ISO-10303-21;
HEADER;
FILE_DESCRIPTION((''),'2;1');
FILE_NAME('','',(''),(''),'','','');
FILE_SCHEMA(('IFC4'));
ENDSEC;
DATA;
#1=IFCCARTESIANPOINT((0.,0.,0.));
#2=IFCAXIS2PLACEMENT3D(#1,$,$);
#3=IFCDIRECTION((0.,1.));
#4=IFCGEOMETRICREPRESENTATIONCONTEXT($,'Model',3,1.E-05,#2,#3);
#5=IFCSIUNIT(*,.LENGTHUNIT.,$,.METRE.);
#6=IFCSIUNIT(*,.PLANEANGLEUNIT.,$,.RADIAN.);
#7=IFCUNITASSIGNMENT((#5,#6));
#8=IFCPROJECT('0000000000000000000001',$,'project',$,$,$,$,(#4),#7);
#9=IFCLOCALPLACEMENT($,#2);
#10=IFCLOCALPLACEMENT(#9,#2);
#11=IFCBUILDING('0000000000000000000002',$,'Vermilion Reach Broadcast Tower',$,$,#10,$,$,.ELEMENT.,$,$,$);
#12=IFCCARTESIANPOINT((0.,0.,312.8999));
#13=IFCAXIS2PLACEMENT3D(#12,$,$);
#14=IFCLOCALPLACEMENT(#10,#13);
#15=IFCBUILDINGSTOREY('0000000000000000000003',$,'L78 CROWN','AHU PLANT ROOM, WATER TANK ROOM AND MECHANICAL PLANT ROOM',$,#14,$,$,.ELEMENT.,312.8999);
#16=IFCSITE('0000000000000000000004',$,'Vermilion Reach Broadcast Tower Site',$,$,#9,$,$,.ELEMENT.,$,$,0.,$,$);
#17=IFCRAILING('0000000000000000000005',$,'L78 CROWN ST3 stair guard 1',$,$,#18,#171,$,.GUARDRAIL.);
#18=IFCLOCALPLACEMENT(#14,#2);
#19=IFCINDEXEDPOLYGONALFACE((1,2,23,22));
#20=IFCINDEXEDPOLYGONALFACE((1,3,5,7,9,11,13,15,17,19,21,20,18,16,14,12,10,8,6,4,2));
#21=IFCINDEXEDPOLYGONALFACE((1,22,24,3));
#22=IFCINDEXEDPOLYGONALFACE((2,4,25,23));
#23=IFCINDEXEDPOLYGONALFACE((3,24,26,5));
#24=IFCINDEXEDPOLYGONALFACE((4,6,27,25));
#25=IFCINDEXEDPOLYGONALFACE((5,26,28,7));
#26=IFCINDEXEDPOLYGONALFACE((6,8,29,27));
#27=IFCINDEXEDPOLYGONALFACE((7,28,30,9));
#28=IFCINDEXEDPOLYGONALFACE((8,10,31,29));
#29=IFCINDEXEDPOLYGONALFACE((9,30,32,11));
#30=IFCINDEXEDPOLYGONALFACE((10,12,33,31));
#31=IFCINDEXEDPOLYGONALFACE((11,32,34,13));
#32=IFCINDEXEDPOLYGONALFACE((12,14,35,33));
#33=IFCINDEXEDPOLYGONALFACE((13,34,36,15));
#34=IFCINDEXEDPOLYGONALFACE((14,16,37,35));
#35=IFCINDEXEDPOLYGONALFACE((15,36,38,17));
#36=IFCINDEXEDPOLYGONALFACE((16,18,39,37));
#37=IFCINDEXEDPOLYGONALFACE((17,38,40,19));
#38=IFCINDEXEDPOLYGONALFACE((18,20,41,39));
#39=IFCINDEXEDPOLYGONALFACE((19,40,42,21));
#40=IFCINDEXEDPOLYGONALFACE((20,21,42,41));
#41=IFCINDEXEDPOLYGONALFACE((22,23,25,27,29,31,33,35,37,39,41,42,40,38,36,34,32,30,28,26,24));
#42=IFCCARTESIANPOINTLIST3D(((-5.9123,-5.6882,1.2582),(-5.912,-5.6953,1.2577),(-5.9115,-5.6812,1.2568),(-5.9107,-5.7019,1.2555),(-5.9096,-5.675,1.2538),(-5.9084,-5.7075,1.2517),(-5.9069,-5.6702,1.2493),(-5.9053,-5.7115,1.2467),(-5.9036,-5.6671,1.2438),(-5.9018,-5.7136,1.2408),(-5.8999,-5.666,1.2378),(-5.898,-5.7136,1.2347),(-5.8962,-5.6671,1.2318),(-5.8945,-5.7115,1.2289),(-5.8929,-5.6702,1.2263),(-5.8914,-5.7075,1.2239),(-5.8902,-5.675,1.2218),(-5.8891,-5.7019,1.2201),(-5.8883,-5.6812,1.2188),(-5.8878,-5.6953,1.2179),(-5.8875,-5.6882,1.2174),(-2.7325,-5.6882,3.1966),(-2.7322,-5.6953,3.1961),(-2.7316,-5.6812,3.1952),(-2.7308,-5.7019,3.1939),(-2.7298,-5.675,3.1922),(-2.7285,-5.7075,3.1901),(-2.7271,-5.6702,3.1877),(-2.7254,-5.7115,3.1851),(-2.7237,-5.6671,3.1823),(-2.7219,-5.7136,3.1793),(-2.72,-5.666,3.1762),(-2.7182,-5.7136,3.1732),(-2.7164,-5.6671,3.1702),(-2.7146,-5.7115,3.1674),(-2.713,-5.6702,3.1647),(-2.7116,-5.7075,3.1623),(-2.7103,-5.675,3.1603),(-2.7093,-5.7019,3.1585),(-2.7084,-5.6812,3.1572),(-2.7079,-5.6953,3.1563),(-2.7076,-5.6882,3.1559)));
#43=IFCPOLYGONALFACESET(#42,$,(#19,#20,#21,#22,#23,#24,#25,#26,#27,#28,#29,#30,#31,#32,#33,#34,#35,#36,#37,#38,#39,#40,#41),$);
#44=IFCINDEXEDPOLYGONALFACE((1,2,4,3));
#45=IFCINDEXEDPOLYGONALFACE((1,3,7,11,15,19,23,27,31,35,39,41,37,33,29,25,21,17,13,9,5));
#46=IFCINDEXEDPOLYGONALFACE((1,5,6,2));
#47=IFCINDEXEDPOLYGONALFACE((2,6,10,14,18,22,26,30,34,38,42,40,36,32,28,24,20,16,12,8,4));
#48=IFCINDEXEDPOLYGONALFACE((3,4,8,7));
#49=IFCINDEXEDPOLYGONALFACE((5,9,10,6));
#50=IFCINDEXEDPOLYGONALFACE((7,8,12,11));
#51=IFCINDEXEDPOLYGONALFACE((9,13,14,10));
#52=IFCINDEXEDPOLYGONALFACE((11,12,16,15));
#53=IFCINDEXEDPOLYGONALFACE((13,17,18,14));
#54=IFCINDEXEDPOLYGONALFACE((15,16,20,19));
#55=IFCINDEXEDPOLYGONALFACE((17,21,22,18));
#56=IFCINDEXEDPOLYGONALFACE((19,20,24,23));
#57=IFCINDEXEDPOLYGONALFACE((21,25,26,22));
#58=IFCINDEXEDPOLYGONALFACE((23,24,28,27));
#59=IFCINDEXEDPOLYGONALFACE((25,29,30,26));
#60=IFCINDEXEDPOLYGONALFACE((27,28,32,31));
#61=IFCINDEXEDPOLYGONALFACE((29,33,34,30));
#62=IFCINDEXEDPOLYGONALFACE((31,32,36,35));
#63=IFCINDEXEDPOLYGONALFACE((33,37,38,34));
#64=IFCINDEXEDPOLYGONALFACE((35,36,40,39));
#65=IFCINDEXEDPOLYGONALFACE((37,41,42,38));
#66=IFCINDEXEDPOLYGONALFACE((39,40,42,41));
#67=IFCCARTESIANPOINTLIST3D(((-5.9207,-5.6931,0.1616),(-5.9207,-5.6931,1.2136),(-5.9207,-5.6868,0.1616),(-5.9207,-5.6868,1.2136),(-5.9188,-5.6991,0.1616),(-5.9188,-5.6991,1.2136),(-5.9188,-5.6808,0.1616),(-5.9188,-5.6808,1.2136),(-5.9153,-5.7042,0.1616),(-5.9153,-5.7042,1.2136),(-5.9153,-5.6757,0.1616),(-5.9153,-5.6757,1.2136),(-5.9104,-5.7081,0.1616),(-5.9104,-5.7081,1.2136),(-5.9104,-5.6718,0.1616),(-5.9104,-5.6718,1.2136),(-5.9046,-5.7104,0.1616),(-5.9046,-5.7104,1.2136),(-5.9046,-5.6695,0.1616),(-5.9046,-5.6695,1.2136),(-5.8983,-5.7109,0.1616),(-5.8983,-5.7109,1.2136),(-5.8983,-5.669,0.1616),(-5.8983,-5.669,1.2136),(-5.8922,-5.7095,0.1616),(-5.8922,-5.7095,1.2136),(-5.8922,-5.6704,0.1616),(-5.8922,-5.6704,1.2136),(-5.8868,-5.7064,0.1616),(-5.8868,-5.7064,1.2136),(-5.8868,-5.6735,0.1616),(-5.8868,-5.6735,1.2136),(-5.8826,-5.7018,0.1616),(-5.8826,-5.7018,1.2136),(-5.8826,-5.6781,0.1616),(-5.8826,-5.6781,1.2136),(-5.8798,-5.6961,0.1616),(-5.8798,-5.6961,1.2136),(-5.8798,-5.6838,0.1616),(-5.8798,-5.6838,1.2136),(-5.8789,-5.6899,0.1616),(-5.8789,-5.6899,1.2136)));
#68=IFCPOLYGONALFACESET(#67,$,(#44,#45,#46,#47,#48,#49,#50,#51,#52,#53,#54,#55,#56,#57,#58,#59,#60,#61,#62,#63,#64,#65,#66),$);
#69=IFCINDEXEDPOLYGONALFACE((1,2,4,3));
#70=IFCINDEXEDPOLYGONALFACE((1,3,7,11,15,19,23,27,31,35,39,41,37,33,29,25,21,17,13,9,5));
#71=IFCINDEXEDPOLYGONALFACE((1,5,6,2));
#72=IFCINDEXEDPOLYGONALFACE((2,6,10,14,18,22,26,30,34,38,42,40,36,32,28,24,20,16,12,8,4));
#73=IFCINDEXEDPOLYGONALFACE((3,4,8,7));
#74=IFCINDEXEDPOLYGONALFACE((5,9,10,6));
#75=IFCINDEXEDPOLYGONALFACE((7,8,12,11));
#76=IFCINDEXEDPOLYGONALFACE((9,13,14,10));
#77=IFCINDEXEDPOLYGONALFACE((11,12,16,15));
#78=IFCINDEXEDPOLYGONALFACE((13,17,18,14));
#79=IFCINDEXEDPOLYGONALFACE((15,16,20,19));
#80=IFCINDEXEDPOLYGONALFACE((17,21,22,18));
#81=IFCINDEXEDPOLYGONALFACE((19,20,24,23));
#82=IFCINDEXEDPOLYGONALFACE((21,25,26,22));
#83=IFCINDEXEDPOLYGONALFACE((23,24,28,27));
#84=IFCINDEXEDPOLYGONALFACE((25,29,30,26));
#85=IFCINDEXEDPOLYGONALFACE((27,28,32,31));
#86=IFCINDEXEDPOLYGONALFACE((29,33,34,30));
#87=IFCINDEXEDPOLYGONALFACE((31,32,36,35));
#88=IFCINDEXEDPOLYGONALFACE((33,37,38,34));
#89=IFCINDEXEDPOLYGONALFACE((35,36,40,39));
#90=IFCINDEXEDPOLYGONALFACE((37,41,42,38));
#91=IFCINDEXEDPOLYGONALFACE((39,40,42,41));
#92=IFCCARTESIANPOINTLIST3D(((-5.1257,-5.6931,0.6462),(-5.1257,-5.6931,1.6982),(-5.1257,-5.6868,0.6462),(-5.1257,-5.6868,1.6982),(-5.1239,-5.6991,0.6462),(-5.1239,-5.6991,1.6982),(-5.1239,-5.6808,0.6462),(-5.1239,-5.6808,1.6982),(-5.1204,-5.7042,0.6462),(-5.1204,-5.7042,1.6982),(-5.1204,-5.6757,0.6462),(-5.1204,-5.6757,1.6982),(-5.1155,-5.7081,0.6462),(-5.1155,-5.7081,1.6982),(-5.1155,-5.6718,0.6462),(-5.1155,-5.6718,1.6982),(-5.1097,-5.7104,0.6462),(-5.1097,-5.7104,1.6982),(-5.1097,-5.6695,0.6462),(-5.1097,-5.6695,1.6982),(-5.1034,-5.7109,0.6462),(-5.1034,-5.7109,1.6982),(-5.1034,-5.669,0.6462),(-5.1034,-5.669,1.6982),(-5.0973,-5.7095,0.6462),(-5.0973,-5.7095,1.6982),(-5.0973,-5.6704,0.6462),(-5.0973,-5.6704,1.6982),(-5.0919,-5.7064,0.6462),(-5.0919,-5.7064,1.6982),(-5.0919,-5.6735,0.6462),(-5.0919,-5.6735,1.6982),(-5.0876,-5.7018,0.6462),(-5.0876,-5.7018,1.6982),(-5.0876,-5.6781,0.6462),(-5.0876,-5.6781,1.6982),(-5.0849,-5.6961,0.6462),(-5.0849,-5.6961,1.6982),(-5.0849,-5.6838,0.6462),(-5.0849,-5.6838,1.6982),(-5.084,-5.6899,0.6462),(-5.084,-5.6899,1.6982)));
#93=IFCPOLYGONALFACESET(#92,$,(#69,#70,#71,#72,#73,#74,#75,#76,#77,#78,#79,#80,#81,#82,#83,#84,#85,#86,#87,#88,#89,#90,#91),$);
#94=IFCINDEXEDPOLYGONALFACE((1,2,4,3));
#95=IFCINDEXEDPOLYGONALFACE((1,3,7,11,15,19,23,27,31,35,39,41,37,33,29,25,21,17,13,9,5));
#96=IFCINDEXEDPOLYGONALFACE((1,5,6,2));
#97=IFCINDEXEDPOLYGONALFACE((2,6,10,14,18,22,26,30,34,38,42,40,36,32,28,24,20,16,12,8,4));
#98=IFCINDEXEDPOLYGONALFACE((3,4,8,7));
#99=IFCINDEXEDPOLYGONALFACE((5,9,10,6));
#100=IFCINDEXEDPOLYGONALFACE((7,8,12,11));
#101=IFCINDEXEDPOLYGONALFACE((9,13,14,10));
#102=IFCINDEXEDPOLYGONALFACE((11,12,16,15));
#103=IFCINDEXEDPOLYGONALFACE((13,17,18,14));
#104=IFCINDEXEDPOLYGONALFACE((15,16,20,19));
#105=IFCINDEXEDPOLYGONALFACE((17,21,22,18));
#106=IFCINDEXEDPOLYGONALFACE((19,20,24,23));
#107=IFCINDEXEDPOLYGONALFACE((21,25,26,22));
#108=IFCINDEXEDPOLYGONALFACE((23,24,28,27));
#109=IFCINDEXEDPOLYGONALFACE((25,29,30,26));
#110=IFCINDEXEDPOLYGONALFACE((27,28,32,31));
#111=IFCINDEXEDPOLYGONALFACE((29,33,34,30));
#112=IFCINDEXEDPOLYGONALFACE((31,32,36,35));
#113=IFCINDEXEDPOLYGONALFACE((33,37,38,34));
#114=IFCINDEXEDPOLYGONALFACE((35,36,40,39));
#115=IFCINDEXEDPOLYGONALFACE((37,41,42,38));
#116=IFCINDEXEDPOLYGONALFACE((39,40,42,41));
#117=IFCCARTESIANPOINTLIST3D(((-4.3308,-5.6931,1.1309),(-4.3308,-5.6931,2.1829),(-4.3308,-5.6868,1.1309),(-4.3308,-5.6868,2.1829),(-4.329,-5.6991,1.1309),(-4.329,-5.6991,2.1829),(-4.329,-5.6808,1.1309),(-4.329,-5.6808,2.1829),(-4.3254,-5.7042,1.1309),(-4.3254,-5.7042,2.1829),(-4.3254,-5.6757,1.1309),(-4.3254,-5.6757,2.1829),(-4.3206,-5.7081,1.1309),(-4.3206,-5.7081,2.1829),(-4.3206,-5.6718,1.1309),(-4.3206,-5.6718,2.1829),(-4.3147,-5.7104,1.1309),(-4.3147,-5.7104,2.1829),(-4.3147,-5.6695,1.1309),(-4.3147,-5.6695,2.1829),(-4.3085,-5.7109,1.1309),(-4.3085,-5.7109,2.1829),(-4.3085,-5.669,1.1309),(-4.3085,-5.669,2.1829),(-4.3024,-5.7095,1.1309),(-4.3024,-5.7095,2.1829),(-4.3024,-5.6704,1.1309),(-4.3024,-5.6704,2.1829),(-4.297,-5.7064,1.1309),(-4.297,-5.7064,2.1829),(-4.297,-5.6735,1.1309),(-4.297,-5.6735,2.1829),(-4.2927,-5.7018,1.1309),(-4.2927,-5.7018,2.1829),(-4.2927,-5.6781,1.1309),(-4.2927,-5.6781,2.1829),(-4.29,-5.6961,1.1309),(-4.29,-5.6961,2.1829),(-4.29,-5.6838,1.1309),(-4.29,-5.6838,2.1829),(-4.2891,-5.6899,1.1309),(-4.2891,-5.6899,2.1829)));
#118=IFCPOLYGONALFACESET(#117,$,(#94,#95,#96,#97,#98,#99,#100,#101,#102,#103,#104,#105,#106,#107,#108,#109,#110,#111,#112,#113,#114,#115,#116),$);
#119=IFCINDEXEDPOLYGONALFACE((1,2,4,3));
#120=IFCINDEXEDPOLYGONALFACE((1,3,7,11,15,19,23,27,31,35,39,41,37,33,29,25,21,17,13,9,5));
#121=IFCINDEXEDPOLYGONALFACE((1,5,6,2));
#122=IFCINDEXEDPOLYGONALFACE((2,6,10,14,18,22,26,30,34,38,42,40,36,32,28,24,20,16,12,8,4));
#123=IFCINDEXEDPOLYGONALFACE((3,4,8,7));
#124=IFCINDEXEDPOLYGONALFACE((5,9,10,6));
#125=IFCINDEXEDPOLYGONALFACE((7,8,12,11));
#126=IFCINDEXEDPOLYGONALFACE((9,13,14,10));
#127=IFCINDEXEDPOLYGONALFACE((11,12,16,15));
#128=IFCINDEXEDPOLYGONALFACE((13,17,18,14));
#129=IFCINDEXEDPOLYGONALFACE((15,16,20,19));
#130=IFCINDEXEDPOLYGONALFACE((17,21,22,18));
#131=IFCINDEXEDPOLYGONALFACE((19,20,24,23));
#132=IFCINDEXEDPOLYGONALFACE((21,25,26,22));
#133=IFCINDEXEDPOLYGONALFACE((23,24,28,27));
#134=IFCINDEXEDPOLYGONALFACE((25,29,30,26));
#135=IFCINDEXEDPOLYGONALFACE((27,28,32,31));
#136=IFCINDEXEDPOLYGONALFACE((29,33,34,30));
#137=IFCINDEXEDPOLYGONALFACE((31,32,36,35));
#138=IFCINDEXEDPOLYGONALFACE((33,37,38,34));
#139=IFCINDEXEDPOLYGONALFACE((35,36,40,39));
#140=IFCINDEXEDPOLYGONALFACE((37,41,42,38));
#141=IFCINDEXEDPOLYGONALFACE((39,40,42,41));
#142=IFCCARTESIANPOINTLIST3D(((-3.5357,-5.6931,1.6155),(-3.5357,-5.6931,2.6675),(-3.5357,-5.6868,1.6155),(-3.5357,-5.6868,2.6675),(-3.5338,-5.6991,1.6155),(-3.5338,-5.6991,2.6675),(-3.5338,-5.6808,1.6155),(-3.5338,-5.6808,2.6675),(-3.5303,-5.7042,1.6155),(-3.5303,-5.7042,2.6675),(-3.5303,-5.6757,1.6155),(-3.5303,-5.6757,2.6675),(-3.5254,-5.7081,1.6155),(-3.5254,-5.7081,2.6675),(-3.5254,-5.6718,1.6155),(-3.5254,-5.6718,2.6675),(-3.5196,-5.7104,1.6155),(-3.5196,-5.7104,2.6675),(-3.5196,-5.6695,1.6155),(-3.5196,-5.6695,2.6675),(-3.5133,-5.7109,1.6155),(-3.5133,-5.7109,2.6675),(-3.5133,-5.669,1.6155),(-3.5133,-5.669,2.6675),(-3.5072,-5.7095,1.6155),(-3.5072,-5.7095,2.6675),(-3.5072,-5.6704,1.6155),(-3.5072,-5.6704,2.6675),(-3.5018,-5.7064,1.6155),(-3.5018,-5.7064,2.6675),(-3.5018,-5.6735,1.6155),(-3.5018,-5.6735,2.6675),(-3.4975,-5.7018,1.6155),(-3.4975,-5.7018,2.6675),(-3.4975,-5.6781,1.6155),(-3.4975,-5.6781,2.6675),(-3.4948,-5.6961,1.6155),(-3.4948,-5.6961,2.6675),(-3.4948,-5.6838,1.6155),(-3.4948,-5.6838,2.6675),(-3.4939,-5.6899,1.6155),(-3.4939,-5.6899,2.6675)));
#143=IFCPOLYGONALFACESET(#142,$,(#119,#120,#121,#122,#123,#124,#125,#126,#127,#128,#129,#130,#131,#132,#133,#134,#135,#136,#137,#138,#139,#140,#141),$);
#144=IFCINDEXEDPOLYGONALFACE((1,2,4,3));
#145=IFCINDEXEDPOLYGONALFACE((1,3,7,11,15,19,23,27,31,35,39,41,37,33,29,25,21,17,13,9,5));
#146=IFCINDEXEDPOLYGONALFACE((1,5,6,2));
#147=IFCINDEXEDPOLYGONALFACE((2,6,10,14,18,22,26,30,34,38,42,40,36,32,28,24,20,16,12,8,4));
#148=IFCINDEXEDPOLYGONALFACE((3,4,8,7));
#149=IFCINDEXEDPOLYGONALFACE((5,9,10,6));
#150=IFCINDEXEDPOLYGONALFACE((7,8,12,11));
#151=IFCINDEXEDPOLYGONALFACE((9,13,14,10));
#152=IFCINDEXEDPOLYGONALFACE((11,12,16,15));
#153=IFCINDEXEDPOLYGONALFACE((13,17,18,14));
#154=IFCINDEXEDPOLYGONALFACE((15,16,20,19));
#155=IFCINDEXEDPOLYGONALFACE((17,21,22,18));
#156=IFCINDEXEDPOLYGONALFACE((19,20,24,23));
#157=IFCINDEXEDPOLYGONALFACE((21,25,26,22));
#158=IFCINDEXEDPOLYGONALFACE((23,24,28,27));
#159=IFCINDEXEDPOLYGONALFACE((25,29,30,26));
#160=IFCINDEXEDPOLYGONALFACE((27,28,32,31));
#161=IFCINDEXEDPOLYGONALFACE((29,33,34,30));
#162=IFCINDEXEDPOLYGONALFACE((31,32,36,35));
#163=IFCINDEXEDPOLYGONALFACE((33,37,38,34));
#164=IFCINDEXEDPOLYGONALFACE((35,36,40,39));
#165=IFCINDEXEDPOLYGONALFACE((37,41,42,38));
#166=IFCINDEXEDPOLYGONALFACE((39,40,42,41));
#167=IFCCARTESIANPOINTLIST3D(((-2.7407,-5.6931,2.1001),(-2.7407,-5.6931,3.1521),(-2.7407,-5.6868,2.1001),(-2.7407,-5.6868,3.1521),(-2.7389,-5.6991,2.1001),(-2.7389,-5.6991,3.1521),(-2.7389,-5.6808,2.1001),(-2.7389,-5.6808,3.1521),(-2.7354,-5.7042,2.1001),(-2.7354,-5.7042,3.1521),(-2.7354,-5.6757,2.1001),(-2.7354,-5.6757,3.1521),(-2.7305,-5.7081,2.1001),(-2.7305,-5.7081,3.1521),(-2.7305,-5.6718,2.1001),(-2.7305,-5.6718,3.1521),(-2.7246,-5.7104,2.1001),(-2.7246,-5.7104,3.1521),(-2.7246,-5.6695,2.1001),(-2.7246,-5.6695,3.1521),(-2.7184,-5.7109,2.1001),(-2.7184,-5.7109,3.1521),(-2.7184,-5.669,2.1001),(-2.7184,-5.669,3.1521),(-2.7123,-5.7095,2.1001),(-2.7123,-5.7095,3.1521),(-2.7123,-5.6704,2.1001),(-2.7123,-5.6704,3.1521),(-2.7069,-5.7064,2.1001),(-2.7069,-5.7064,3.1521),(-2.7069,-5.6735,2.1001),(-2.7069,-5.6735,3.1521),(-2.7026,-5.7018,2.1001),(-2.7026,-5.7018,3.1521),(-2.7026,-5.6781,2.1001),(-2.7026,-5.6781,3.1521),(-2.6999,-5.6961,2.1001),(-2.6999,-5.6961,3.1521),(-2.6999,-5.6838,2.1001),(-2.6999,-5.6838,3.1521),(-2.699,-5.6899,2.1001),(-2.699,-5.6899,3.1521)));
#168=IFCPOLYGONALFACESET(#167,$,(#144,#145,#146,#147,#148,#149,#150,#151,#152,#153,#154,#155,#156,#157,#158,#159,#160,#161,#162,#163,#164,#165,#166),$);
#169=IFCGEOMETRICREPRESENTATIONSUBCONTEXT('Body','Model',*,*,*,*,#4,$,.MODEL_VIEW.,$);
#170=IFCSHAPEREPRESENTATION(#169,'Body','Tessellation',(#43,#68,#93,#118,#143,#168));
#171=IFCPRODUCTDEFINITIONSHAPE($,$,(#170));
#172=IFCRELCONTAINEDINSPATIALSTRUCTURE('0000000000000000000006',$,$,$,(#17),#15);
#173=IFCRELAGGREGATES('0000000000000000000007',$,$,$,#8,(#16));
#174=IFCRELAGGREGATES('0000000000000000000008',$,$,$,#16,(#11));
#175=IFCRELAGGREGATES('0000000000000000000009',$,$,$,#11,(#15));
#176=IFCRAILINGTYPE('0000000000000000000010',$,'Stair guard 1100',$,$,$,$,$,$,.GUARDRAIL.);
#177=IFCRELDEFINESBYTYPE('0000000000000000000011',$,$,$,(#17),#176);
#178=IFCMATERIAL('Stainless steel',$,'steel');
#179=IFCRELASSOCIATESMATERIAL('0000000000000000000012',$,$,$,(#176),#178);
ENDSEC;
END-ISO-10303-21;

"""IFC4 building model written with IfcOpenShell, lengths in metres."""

from ifc_helpers import new_model, si_unit, direction, frame, origin, origin_2d, place, context, subcontext, project, spatial, circle, extrude, material, type_object, element, save


model = new_model("IFC4")

# Units and contexts
model_context = context("Model", 3, precision=1e-05, world=origin(), true_north=direction((0.0, 1.0)))
body_context = subcontext(model_context, "Body", "Model", "MODEL_VIEW")
ifc_project = project(units=[si_unit("LENGTHUNIT", "METRE"), si_unit("PLANEANGLEUNIT", "RADIAN")], contexts=[model_context])

# Site, building, storey
site_placement = place(None, origin())
site = spatial("IfcSite", under=ifc_project, at=site_placement, Name="Vermilion Reach Broadcast Tower Site", CompositionType="ELEMENT", RefElevation=0.0)
building_placement = place(site_placement, origin())
building = spatial("IfcBuilding", under=site, at=building_placement, Name="Vermilion Reach Broadcast Tower", CompositionType="ELEMENT")
storey_placement = place(building_placement, frame((0.0, 0.0, 312.8999)))
storey = spatial("IfcBuildingStorey", under=building, at=storey_placement, Name="L78 CROWN", Description="AHU PLANT ROOM, WATER TANK ROOM AND MECHANICAL PLANT ROOM", CompositionType="ELEMENT", Elevation=312.8999)

# Railing
ifc_material_1 = material(Name="Stainless steel", Category="steel")
railing_type_1 = type_object("IfcRailingType", Name="Stair guard 1100", PredefinedType="GUARDRAIL", material=ifc_material_1)
railing_1_placement = place(storey_placement, frame((-5.8999, -5.6899, 0.1616)))
element("IfcRailing", 1, at=railing_1_placement, inside=storey, type_object=railing_type_1, Name="L78 CROWN ST3 stair guard 1", PredefinedType="GUARDRAIL", context=body_context, shape_type="SweptSolid", body=[
    extrude(circle(Radius=0.0239, at=origin_2d()), frame((0.0, 0.0, 1.0762), z_axis=(0.853857, 0.0, 0.520508), x_axis=(0.0, 1.0, 0.0)), (0.0, 0.0, 1.0), 3.7241),
    extrude(circle(Radius=0.021, at=origin_2d()), origin(), (0.0, 0.0, 1.0), 1.052),
    extrude(circle(Radius=0.021, at=origin_2d()), frame((0.7949, 0.0, 0.4846)), (0.0, 0.0, 1.0), 1.052),
    extrude(circle(Radius=0.021, at=origin_2d()), frame((1.5898, 0.0, 0.9692)), (0.0, 0.0, 1.0), 1.052),
    extrude(circle(Radius=0.021, at=origin_2d()), frame((2.385, 0.0, 1.4539)), (0.0, 0.0, 1.0), 1.052),
    extrude(circle(Radius=0.021, at=origin_2d()), frame((3.1799, 0.0, 1.9385)), (0.0, 0.0, 1.0), 1.052),
])

save(model, "model.ifc")
